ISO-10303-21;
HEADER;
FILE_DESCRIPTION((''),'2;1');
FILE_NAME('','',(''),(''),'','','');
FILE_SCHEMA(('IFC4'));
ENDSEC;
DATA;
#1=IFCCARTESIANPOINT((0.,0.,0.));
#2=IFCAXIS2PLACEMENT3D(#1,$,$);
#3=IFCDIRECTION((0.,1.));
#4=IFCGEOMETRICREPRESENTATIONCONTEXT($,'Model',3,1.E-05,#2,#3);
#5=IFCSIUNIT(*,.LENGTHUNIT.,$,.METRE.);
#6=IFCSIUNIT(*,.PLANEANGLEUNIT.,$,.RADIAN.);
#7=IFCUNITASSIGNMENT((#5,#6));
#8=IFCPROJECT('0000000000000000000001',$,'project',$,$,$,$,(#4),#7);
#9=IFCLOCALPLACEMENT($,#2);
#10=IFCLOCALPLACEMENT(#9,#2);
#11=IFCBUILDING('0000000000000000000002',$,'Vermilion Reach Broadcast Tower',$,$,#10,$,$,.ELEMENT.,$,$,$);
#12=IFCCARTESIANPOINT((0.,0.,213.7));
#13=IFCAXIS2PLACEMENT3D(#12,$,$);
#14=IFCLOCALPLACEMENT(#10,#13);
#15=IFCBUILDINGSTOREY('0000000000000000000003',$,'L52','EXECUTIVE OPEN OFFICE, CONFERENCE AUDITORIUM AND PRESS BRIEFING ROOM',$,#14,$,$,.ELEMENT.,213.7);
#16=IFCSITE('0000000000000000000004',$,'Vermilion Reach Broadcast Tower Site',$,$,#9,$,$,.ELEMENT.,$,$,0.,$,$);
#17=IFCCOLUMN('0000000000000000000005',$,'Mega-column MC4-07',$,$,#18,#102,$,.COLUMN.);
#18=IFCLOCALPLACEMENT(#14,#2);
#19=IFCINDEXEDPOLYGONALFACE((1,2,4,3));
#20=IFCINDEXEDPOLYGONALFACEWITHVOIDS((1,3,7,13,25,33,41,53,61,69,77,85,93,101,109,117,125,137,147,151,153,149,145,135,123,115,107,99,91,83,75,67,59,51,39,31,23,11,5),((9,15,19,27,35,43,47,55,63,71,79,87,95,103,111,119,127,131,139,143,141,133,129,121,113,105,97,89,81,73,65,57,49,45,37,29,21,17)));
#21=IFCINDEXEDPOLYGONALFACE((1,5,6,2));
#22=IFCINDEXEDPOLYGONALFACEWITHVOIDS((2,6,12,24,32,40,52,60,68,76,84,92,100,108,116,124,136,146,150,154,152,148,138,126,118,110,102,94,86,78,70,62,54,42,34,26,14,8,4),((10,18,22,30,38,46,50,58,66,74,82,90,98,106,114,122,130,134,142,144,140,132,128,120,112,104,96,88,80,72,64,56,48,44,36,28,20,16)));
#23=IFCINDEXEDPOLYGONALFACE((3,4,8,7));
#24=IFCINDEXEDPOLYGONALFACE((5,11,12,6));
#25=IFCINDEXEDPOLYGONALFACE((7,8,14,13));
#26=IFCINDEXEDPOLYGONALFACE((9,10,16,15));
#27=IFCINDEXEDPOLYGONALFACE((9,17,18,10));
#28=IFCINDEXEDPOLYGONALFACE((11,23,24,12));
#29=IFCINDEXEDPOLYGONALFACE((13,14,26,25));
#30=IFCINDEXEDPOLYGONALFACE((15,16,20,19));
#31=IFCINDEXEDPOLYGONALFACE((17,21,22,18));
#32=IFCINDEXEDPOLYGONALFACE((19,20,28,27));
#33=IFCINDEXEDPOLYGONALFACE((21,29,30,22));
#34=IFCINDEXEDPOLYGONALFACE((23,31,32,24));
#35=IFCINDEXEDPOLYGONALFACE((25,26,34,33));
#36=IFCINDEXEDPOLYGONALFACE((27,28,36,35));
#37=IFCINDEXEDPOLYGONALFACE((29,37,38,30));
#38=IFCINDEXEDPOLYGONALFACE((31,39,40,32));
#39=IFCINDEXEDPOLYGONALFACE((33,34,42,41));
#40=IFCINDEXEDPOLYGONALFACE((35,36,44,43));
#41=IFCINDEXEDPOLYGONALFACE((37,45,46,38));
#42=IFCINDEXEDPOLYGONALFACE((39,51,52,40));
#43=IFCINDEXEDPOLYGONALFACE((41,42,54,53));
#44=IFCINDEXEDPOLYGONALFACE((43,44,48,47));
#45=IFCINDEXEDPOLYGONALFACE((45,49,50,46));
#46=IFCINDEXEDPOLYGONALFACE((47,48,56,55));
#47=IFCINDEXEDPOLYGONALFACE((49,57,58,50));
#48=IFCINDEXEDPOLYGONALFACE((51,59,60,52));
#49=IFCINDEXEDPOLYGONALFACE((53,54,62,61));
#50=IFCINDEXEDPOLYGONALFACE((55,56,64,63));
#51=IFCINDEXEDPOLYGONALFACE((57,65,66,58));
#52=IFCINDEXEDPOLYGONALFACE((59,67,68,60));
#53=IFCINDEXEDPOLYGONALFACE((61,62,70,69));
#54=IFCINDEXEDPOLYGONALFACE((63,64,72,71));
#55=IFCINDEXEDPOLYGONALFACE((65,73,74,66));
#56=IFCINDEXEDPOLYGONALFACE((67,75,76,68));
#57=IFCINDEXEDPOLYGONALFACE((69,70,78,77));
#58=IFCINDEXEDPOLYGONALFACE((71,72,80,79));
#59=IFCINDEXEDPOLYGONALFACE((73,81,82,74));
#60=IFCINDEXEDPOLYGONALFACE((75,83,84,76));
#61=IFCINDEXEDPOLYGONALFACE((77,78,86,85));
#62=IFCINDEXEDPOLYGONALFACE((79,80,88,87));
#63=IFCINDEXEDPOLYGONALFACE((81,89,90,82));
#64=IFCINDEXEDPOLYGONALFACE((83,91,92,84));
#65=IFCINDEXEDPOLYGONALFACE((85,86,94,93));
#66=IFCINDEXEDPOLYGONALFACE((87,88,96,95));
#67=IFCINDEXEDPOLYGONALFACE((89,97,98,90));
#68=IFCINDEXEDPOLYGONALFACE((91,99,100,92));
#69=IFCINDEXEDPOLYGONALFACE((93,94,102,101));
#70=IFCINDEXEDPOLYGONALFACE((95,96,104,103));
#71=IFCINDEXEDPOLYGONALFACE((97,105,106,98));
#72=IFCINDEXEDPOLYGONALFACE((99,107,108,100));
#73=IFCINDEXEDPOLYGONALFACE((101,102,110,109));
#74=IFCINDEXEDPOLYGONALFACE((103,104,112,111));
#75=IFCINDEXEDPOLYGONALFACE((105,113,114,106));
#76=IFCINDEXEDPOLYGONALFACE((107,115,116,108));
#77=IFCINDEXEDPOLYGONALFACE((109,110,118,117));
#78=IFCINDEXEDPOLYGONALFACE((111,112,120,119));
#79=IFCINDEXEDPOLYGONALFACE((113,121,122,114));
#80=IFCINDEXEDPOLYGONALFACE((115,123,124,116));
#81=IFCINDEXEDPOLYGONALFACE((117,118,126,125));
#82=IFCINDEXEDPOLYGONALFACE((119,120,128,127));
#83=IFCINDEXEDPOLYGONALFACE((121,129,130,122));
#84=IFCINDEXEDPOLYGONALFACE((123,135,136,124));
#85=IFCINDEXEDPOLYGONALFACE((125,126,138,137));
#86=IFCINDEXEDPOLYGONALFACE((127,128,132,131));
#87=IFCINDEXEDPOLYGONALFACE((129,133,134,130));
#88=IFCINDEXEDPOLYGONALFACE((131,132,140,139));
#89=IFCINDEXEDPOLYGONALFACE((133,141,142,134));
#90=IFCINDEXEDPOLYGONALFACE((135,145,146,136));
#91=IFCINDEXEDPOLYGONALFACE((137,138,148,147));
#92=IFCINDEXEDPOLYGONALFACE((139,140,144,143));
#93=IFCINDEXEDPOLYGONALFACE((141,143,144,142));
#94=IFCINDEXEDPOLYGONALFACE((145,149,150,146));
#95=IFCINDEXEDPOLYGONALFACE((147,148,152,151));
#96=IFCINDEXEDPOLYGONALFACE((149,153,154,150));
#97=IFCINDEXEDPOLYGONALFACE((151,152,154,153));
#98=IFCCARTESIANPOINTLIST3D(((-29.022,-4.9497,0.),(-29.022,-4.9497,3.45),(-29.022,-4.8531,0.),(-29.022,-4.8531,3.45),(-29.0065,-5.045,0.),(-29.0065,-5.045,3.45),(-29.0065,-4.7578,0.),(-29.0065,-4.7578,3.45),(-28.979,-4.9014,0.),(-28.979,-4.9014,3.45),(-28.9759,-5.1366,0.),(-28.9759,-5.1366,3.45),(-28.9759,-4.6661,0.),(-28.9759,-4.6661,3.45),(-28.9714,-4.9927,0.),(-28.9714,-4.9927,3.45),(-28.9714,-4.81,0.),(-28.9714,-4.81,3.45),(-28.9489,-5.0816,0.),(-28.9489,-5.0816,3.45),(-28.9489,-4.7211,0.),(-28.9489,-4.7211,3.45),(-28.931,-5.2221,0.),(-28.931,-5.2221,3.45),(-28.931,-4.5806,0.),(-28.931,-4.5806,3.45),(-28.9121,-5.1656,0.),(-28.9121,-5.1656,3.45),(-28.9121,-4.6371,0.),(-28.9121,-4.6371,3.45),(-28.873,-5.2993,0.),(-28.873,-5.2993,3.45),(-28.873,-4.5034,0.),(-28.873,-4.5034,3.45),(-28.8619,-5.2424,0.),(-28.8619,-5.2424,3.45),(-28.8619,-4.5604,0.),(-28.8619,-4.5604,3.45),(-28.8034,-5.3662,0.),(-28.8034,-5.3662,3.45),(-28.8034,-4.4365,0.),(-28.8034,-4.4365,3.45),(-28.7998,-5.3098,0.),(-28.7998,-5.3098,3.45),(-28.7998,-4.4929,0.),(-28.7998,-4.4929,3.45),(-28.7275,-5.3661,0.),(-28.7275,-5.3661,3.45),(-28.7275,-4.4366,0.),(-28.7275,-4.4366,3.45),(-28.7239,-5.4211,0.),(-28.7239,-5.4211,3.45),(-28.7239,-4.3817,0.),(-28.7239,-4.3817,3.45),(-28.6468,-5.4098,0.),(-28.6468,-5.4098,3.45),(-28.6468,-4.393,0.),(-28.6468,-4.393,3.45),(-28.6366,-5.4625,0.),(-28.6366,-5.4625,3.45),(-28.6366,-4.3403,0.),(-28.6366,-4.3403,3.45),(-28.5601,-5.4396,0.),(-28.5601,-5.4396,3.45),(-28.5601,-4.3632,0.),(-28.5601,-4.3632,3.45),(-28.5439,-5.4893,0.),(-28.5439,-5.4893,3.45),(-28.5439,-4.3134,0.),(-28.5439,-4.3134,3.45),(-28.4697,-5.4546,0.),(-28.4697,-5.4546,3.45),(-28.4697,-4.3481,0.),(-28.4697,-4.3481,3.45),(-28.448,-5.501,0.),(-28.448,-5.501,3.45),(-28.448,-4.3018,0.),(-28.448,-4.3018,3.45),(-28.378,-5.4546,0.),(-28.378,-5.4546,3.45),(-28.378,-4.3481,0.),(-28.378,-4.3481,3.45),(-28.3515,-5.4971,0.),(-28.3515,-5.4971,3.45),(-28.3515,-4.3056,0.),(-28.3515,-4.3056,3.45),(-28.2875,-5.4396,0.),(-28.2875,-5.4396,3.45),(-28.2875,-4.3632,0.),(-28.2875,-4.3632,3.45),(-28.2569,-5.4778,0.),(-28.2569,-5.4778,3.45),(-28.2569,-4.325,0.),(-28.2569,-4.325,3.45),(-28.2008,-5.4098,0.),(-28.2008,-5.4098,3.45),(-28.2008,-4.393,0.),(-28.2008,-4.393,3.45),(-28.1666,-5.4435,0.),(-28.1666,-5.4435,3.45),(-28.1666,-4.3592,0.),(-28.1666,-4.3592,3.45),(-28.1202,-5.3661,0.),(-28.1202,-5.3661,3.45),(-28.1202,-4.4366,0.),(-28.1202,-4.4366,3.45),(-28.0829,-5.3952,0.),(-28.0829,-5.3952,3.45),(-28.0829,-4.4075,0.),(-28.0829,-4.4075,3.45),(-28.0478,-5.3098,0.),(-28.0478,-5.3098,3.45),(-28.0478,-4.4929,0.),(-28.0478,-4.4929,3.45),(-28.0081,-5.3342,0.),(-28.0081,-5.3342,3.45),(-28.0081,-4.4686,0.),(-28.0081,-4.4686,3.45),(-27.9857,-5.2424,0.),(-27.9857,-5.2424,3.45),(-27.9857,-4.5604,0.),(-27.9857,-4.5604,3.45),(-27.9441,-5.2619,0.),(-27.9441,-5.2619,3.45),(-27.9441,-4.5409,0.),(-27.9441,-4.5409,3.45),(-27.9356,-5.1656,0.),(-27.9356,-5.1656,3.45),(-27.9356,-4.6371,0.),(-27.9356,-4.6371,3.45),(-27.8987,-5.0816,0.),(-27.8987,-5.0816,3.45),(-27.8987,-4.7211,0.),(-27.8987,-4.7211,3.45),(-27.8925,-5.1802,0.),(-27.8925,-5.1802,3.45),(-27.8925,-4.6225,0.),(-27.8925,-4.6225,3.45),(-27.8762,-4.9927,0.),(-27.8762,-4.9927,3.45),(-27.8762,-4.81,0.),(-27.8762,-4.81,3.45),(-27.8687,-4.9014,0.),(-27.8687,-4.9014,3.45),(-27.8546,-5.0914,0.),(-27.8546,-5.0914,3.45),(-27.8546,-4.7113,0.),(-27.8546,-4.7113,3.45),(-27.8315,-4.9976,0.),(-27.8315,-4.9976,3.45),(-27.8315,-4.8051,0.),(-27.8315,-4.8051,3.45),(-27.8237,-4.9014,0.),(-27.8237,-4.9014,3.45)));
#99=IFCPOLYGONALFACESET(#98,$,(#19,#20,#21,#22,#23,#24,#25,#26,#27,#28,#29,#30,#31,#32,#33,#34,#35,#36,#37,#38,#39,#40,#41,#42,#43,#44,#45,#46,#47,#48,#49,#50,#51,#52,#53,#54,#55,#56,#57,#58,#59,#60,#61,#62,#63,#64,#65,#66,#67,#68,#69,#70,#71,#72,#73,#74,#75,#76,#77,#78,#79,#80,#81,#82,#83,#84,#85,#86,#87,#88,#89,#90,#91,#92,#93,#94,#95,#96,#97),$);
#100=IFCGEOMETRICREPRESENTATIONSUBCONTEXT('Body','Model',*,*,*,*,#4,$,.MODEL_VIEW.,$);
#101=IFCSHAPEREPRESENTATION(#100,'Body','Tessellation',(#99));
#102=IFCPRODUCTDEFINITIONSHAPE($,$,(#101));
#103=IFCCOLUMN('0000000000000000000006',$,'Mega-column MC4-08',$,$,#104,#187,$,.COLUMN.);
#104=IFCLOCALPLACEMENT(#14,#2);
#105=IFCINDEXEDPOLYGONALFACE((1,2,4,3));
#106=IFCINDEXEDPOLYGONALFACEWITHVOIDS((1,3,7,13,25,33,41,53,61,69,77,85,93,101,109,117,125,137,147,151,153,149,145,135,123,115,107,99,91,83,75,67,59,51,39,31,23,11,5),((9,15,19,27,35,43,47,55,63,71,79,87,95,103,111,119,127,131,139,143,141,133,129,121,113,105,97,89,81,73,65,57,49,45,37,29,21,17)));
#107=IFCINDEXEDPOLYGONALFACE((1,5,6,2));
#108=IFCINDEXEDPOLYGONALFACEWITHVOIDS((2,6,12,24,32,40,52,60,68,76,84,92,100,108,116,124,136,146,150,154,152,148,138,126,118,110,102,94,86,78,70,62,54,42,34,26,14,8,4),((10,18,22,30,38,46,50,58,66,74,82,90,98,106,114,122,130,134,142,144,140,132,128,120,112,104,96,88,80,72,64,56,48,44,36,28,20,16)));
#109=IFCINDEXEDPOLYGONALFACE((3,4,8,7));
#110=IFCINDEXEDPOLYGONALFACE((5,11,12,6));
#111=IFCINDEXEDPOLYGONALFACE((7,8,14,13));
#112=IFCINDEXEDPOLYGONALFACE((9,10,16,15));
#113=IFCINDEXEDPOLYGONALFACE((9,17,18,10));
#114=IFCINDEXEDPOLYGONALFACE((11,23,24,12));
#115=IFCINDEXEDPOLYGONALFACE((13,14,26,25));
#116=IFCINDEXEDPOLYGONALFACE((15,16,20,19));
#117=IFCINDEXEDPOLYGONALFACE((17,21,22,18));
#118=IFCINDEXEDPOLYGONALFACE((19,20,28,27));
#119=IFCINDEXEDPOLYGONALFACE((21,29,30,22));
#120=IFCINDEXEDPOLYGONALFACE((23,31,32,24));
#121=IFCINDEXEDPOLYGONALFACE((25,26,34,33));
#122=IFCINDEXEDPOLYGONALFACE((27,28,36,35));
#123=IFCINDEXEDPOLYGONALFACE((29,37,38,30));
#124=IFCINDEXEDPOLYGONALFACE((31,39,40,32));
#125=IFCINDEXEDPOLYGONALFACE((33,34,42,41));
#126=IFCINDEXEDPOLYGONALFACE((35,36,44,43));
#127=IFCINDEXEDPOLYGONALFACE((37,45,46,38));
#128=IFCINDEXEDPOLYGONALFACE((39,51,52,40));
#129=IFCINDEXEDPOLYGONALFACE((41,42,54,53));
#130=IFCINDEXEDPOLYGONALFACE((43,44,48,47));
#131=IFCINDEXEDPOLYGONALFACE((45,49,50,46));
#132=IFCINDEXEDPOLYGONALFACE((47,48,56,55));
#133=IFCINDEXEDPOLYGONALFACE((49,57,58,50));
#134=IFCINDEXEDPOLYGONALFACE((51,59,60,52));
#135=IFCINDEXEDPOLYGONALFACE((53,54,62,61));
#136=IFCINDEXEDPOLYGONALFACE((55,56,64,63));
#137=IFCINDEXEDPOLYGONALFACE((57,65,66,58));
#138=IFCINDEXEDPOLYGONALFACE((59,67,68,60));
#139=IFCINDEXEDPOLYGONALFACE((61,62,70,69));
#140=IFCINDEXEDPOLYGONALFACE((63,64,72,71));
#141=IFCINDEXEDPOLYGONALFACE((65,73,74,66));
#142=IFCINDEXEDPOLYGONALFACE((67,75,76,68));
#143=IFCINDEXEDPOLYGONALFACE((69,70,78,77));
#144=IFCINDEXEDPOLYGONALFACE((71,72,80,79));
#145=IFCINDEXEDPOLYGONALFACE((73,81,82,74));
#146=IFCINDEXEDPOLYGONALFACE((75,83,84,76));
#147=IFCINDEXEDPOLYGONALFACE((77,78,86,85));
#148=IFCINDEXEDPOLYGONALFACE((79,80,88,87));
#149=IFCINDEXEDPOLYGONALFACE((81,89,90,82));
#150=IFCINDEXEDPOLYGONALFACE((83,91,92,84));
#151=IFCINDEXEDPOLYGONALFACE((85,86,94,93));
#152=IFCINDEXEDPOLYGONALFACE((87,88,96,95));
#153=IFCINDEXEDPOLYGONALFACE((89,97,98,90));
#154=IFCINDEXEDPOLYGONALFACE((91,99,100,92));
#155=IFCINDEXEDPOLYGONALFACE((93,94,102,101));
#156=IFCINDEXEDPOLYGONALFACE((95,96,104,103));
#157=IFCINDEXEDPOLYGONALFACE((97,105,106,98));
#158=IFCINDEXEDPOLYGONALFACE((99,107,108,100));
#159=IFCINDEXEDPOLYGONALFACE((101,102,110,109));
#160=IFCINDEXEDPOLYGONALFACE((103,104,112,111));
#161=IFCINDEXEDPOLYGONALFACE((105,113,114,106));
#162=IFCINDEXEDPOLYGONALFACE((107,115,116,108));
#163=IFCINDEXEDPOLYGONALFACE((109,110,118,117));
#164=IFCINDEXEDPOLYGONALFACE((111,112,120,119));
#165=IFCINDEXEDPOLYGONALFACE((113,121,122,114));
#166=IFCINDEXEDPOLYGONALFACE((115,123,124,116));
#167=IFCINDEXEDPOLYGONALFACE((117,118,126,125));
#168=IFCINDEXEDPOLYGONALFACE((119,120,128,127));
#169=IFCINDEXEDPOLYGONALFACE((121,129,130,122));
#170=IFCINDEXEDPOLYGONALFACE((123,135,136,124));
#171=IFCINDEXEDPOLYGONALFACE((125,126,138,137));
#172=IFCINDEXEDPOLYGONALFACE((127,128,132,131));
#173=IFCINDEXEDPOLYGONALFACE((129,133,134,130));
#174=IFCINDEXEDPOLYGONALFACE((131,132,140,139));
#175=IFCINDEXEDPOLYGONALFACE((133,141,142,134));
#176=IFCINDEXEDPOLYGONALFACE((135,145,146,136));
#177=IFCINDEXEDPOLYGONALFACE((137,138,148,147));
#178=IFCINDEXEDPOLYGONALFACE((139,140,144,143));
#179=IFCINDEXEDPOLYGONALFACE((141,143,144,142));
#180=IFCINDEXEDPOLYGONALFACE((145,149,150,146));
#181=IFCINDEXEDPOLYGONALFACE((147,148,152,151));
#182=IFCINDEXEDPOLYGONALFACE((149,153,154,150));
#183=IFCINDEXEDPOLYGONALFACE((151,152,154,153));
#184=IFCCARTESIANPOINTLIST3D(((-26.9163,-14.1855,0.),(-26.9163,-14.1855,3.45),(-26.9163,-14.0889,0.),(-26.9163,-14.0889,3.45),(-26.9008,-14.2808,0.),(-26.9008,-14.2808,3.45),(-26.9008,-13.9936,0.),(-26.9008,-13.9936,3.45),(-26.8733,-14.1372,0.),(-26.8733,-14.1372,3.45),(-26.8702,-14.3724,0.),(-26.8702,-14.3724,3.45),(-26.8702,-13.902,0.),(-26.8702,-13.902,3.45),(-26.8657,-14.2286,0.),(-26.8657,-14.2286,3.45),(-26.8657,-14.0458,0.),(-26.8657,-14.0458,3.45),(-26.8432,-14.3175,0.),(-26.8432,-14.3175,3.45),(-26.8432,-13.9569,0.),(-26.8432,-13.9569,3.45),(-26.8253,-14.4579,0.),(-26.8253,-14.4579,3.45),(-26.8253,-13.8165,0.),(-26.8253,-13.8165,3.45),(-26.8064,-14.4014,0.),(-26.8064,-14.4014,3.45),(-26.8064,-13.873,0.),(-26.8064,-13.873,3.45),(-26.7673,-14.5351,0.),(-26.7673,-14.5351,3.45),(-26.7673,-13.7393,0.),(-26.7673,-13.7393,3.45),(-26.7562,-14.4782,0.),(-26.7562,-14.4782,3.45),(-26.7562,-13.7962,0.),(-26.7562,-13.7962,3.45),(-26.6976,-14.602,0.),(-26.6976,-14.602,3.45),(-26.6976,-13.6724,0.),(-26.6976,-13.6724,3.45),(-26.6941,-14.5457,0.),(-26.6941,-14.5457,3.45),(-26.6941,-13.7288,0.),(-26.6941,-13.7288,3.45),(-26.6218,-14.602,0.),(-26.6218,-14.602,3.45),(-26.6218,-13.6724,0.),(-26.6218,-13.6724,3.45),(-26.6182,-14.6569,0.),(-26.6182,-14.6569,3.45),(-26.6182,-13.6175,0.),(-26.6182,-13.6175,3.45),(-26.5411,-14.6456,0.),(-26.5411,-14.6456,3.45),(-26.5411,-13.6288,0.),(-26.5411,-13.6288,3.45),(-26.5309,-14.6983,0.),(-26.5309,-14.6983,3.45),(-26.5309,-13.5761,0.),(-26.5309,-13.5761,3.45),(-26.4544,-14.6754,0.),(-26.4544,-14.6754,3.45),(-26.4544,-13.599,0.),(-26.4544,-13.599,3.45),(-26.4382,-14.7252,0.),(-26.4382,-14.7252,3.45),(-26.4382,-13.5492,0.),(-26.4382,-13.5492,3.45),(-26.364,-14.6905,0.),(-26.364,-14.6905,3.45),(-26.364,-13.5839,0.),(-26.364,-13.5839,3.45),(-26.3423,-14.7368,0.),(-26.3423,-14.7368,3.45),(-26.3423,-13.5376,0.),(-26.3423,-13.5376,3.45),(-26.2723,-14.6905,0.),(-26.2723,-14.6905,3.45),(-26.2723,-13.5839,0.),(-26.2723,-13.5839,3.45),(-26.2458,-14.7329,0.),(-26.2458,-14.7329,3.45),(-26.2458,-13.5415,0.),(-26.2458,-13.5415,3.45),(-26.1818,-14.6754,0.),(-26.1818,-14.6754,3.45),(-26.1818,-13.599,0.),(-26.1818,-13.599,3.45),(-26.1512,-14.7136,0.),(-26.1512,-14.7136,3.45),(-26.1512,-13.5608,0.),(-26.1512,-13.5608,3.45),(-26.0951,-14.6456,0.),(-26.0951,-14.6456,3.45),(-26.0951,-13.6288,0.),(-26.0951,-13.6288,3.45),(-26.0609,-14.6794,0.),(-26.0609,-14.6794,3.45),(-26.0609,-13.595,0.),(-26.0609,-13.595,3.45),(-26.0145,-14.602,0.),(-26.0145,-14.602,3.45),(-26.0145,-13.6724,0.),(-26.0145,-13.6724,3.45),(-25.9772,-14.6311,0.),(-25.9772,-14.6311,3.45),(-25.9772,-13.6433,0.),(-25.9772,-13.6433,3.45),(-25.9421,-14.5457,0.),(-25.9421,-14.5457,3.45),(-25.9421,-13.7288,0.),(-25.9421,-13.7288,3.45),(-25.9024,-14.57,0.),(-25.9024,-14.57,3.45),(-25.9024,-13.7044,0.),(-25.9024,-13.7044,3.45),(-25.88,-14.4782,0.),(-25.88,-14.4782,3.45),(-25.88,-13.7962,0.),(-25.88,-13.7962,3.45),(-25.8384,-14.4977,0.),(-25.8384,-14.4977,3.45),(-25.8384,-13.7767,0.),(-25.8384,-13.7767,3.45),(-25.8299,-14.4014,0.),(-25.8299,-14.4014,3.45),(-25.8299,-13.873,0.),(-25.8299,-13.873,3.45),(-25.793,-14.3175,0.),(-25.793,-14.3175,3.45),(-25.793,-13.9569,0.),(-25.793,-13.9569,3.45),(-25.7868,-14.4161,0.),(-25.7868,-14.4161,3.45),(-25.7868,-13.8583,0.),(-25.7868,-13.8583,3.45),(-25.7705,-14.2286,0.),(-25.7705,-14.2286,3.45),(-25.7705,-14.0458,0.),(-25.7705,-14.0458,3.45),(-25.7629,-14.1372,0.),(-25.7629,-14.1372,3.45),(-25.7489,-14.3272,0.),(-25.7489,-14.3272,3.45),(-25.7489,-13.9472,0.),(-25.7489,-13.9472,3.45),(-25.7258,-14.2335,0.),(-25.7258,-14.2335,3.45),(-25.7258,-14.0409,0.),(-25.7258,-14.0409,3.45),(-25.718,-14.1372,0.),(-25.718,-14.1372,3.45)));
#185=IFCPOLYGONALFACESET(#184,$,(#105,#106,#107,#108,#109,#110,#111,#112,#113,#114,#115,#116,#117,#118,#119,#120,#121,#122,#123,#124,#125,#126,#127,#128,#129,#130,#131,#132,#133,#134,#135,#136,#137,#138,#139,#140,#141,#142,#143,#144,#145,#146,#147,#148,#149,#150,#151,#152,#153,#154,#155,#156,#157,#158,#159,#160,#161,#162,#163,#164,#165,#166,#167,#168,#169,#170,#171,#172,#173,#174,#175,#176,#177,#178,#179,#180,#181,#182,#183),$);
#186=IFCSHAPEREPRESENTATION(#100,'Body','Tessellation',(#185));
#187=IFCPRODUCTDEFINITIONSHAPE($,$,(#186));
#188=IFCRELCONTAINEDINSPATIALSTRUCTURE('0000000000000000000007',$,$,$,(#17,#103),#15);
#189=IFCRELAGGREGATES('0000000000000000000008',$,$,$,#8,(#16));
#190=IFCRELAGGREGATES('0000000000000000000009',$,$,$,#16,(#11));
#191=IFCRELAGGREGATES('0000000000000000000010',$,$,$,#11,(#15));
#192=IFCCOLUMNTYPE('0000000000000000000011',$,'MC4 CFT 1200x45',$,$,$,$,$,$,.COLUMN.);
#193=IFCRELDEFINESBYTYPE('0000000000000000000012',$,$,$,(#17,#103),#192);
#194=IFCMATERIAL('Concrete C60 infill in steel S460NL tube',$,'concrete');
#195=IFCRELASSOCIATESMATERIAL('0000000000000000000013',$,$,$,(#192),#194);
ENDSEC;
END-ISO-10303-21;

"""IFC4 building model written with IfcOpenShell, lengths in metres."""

from ifc_helpers import new_model, si_unit, direction, frame, origin, origin_2d, place, context, subcontext, project, spatial, hollow_circle, extrude, material, material_profile, profile_set, type_object, element, save


model = new_model("IFC4")

# Units and contexts
model_context = context("Model", 3, precision=1e-05, world=origin(), true_north=direction((0.0, 1.0)))
body_context = subcontext(model_context, "Body", "Model", "MODEL_VIEW")
ifc_project = project(units=[si_unit("LENGTHUNIT", "METRE"), si_unit("PLANEANGLEUNIT", "RADIAN")], contexts=[model_context])

# Site, building, storey
site_placement = place(None, origin())
site = spatial("IfcSite", under=ifc_project, at=site_placement, Name="Vermilion Reach Broadcast Tower Site", CompositionType="ELEMENT", RefElevation=0.0)
building_placement = place(site_placement, origin())
building = spatial("IfcBuilding", under=site, at=building_placement, Name="Vermilion Reach Broadcast Tower", CompositionType="ELEMENT")
storey_placement = place(building_placement, frame((0.0, 0.0, 213.7)))
storey = spatial("IfcBuildingStorey", under=building, at=storey_placement, Name="L52", Description="EXECUTIVE OPEN OFFICE, CONFERENCE AUDITORIUM AND PRESS BRIEFING ROOM", CompositionType="ELEMENT", Elevation=213.7)

# Columns
ifc_material_1 = material(Name="Concrete C60 infill in steel S460NL tube", Category="concrete")
ifc_material_profile_1 = material_profile(ifc_material_1, hollow_circle(Radius=0.6001, WallThickness=0.0449, at=origin_2d()), Name="Concrete C60 infill in steel S460NL tube CFT 1200x45")
ifc_profile_set_1 = profile_set([ifc_material_profile_1], Name="Concrete C60 infill in steel S460NL tube")
column_type = type_object("IfcColumnType", Name="MC4 CFT 1200x45", PredefinedType="COLUMN", material=ifc_profile_set_1)
for number, where, z_axis, x_axis, name in (
    (1, (-28.4238, -4.9014, 0.0), (0.0, 0.0, 1.0), (1.0, 0.0, 0.0), "Mega-column MC4-07"),
    (2, (-26.3181, -14.1372, 0.0), (0.0, 0.0, 1.0), (1.0, 0.0, 0.0), "Mega-column MC4-08"),
):
    element("IfcColumn", number, at=place(storey_placement, frame(where, z_axis=z_axis, x_axis=x_axis)), inside=storey, type_object=column_type, Name=name, PredefinedType="COLUMN", context=body_context, shape_type="SweptSolid", body=[
        extrude(hollow_circle(Radius=0.6001, WallThickness=0.0449, at=origin_2d()), origin(), (0.0, 0.0, 1.0), 3.45),
    ])

save(model, "model.ifc")
